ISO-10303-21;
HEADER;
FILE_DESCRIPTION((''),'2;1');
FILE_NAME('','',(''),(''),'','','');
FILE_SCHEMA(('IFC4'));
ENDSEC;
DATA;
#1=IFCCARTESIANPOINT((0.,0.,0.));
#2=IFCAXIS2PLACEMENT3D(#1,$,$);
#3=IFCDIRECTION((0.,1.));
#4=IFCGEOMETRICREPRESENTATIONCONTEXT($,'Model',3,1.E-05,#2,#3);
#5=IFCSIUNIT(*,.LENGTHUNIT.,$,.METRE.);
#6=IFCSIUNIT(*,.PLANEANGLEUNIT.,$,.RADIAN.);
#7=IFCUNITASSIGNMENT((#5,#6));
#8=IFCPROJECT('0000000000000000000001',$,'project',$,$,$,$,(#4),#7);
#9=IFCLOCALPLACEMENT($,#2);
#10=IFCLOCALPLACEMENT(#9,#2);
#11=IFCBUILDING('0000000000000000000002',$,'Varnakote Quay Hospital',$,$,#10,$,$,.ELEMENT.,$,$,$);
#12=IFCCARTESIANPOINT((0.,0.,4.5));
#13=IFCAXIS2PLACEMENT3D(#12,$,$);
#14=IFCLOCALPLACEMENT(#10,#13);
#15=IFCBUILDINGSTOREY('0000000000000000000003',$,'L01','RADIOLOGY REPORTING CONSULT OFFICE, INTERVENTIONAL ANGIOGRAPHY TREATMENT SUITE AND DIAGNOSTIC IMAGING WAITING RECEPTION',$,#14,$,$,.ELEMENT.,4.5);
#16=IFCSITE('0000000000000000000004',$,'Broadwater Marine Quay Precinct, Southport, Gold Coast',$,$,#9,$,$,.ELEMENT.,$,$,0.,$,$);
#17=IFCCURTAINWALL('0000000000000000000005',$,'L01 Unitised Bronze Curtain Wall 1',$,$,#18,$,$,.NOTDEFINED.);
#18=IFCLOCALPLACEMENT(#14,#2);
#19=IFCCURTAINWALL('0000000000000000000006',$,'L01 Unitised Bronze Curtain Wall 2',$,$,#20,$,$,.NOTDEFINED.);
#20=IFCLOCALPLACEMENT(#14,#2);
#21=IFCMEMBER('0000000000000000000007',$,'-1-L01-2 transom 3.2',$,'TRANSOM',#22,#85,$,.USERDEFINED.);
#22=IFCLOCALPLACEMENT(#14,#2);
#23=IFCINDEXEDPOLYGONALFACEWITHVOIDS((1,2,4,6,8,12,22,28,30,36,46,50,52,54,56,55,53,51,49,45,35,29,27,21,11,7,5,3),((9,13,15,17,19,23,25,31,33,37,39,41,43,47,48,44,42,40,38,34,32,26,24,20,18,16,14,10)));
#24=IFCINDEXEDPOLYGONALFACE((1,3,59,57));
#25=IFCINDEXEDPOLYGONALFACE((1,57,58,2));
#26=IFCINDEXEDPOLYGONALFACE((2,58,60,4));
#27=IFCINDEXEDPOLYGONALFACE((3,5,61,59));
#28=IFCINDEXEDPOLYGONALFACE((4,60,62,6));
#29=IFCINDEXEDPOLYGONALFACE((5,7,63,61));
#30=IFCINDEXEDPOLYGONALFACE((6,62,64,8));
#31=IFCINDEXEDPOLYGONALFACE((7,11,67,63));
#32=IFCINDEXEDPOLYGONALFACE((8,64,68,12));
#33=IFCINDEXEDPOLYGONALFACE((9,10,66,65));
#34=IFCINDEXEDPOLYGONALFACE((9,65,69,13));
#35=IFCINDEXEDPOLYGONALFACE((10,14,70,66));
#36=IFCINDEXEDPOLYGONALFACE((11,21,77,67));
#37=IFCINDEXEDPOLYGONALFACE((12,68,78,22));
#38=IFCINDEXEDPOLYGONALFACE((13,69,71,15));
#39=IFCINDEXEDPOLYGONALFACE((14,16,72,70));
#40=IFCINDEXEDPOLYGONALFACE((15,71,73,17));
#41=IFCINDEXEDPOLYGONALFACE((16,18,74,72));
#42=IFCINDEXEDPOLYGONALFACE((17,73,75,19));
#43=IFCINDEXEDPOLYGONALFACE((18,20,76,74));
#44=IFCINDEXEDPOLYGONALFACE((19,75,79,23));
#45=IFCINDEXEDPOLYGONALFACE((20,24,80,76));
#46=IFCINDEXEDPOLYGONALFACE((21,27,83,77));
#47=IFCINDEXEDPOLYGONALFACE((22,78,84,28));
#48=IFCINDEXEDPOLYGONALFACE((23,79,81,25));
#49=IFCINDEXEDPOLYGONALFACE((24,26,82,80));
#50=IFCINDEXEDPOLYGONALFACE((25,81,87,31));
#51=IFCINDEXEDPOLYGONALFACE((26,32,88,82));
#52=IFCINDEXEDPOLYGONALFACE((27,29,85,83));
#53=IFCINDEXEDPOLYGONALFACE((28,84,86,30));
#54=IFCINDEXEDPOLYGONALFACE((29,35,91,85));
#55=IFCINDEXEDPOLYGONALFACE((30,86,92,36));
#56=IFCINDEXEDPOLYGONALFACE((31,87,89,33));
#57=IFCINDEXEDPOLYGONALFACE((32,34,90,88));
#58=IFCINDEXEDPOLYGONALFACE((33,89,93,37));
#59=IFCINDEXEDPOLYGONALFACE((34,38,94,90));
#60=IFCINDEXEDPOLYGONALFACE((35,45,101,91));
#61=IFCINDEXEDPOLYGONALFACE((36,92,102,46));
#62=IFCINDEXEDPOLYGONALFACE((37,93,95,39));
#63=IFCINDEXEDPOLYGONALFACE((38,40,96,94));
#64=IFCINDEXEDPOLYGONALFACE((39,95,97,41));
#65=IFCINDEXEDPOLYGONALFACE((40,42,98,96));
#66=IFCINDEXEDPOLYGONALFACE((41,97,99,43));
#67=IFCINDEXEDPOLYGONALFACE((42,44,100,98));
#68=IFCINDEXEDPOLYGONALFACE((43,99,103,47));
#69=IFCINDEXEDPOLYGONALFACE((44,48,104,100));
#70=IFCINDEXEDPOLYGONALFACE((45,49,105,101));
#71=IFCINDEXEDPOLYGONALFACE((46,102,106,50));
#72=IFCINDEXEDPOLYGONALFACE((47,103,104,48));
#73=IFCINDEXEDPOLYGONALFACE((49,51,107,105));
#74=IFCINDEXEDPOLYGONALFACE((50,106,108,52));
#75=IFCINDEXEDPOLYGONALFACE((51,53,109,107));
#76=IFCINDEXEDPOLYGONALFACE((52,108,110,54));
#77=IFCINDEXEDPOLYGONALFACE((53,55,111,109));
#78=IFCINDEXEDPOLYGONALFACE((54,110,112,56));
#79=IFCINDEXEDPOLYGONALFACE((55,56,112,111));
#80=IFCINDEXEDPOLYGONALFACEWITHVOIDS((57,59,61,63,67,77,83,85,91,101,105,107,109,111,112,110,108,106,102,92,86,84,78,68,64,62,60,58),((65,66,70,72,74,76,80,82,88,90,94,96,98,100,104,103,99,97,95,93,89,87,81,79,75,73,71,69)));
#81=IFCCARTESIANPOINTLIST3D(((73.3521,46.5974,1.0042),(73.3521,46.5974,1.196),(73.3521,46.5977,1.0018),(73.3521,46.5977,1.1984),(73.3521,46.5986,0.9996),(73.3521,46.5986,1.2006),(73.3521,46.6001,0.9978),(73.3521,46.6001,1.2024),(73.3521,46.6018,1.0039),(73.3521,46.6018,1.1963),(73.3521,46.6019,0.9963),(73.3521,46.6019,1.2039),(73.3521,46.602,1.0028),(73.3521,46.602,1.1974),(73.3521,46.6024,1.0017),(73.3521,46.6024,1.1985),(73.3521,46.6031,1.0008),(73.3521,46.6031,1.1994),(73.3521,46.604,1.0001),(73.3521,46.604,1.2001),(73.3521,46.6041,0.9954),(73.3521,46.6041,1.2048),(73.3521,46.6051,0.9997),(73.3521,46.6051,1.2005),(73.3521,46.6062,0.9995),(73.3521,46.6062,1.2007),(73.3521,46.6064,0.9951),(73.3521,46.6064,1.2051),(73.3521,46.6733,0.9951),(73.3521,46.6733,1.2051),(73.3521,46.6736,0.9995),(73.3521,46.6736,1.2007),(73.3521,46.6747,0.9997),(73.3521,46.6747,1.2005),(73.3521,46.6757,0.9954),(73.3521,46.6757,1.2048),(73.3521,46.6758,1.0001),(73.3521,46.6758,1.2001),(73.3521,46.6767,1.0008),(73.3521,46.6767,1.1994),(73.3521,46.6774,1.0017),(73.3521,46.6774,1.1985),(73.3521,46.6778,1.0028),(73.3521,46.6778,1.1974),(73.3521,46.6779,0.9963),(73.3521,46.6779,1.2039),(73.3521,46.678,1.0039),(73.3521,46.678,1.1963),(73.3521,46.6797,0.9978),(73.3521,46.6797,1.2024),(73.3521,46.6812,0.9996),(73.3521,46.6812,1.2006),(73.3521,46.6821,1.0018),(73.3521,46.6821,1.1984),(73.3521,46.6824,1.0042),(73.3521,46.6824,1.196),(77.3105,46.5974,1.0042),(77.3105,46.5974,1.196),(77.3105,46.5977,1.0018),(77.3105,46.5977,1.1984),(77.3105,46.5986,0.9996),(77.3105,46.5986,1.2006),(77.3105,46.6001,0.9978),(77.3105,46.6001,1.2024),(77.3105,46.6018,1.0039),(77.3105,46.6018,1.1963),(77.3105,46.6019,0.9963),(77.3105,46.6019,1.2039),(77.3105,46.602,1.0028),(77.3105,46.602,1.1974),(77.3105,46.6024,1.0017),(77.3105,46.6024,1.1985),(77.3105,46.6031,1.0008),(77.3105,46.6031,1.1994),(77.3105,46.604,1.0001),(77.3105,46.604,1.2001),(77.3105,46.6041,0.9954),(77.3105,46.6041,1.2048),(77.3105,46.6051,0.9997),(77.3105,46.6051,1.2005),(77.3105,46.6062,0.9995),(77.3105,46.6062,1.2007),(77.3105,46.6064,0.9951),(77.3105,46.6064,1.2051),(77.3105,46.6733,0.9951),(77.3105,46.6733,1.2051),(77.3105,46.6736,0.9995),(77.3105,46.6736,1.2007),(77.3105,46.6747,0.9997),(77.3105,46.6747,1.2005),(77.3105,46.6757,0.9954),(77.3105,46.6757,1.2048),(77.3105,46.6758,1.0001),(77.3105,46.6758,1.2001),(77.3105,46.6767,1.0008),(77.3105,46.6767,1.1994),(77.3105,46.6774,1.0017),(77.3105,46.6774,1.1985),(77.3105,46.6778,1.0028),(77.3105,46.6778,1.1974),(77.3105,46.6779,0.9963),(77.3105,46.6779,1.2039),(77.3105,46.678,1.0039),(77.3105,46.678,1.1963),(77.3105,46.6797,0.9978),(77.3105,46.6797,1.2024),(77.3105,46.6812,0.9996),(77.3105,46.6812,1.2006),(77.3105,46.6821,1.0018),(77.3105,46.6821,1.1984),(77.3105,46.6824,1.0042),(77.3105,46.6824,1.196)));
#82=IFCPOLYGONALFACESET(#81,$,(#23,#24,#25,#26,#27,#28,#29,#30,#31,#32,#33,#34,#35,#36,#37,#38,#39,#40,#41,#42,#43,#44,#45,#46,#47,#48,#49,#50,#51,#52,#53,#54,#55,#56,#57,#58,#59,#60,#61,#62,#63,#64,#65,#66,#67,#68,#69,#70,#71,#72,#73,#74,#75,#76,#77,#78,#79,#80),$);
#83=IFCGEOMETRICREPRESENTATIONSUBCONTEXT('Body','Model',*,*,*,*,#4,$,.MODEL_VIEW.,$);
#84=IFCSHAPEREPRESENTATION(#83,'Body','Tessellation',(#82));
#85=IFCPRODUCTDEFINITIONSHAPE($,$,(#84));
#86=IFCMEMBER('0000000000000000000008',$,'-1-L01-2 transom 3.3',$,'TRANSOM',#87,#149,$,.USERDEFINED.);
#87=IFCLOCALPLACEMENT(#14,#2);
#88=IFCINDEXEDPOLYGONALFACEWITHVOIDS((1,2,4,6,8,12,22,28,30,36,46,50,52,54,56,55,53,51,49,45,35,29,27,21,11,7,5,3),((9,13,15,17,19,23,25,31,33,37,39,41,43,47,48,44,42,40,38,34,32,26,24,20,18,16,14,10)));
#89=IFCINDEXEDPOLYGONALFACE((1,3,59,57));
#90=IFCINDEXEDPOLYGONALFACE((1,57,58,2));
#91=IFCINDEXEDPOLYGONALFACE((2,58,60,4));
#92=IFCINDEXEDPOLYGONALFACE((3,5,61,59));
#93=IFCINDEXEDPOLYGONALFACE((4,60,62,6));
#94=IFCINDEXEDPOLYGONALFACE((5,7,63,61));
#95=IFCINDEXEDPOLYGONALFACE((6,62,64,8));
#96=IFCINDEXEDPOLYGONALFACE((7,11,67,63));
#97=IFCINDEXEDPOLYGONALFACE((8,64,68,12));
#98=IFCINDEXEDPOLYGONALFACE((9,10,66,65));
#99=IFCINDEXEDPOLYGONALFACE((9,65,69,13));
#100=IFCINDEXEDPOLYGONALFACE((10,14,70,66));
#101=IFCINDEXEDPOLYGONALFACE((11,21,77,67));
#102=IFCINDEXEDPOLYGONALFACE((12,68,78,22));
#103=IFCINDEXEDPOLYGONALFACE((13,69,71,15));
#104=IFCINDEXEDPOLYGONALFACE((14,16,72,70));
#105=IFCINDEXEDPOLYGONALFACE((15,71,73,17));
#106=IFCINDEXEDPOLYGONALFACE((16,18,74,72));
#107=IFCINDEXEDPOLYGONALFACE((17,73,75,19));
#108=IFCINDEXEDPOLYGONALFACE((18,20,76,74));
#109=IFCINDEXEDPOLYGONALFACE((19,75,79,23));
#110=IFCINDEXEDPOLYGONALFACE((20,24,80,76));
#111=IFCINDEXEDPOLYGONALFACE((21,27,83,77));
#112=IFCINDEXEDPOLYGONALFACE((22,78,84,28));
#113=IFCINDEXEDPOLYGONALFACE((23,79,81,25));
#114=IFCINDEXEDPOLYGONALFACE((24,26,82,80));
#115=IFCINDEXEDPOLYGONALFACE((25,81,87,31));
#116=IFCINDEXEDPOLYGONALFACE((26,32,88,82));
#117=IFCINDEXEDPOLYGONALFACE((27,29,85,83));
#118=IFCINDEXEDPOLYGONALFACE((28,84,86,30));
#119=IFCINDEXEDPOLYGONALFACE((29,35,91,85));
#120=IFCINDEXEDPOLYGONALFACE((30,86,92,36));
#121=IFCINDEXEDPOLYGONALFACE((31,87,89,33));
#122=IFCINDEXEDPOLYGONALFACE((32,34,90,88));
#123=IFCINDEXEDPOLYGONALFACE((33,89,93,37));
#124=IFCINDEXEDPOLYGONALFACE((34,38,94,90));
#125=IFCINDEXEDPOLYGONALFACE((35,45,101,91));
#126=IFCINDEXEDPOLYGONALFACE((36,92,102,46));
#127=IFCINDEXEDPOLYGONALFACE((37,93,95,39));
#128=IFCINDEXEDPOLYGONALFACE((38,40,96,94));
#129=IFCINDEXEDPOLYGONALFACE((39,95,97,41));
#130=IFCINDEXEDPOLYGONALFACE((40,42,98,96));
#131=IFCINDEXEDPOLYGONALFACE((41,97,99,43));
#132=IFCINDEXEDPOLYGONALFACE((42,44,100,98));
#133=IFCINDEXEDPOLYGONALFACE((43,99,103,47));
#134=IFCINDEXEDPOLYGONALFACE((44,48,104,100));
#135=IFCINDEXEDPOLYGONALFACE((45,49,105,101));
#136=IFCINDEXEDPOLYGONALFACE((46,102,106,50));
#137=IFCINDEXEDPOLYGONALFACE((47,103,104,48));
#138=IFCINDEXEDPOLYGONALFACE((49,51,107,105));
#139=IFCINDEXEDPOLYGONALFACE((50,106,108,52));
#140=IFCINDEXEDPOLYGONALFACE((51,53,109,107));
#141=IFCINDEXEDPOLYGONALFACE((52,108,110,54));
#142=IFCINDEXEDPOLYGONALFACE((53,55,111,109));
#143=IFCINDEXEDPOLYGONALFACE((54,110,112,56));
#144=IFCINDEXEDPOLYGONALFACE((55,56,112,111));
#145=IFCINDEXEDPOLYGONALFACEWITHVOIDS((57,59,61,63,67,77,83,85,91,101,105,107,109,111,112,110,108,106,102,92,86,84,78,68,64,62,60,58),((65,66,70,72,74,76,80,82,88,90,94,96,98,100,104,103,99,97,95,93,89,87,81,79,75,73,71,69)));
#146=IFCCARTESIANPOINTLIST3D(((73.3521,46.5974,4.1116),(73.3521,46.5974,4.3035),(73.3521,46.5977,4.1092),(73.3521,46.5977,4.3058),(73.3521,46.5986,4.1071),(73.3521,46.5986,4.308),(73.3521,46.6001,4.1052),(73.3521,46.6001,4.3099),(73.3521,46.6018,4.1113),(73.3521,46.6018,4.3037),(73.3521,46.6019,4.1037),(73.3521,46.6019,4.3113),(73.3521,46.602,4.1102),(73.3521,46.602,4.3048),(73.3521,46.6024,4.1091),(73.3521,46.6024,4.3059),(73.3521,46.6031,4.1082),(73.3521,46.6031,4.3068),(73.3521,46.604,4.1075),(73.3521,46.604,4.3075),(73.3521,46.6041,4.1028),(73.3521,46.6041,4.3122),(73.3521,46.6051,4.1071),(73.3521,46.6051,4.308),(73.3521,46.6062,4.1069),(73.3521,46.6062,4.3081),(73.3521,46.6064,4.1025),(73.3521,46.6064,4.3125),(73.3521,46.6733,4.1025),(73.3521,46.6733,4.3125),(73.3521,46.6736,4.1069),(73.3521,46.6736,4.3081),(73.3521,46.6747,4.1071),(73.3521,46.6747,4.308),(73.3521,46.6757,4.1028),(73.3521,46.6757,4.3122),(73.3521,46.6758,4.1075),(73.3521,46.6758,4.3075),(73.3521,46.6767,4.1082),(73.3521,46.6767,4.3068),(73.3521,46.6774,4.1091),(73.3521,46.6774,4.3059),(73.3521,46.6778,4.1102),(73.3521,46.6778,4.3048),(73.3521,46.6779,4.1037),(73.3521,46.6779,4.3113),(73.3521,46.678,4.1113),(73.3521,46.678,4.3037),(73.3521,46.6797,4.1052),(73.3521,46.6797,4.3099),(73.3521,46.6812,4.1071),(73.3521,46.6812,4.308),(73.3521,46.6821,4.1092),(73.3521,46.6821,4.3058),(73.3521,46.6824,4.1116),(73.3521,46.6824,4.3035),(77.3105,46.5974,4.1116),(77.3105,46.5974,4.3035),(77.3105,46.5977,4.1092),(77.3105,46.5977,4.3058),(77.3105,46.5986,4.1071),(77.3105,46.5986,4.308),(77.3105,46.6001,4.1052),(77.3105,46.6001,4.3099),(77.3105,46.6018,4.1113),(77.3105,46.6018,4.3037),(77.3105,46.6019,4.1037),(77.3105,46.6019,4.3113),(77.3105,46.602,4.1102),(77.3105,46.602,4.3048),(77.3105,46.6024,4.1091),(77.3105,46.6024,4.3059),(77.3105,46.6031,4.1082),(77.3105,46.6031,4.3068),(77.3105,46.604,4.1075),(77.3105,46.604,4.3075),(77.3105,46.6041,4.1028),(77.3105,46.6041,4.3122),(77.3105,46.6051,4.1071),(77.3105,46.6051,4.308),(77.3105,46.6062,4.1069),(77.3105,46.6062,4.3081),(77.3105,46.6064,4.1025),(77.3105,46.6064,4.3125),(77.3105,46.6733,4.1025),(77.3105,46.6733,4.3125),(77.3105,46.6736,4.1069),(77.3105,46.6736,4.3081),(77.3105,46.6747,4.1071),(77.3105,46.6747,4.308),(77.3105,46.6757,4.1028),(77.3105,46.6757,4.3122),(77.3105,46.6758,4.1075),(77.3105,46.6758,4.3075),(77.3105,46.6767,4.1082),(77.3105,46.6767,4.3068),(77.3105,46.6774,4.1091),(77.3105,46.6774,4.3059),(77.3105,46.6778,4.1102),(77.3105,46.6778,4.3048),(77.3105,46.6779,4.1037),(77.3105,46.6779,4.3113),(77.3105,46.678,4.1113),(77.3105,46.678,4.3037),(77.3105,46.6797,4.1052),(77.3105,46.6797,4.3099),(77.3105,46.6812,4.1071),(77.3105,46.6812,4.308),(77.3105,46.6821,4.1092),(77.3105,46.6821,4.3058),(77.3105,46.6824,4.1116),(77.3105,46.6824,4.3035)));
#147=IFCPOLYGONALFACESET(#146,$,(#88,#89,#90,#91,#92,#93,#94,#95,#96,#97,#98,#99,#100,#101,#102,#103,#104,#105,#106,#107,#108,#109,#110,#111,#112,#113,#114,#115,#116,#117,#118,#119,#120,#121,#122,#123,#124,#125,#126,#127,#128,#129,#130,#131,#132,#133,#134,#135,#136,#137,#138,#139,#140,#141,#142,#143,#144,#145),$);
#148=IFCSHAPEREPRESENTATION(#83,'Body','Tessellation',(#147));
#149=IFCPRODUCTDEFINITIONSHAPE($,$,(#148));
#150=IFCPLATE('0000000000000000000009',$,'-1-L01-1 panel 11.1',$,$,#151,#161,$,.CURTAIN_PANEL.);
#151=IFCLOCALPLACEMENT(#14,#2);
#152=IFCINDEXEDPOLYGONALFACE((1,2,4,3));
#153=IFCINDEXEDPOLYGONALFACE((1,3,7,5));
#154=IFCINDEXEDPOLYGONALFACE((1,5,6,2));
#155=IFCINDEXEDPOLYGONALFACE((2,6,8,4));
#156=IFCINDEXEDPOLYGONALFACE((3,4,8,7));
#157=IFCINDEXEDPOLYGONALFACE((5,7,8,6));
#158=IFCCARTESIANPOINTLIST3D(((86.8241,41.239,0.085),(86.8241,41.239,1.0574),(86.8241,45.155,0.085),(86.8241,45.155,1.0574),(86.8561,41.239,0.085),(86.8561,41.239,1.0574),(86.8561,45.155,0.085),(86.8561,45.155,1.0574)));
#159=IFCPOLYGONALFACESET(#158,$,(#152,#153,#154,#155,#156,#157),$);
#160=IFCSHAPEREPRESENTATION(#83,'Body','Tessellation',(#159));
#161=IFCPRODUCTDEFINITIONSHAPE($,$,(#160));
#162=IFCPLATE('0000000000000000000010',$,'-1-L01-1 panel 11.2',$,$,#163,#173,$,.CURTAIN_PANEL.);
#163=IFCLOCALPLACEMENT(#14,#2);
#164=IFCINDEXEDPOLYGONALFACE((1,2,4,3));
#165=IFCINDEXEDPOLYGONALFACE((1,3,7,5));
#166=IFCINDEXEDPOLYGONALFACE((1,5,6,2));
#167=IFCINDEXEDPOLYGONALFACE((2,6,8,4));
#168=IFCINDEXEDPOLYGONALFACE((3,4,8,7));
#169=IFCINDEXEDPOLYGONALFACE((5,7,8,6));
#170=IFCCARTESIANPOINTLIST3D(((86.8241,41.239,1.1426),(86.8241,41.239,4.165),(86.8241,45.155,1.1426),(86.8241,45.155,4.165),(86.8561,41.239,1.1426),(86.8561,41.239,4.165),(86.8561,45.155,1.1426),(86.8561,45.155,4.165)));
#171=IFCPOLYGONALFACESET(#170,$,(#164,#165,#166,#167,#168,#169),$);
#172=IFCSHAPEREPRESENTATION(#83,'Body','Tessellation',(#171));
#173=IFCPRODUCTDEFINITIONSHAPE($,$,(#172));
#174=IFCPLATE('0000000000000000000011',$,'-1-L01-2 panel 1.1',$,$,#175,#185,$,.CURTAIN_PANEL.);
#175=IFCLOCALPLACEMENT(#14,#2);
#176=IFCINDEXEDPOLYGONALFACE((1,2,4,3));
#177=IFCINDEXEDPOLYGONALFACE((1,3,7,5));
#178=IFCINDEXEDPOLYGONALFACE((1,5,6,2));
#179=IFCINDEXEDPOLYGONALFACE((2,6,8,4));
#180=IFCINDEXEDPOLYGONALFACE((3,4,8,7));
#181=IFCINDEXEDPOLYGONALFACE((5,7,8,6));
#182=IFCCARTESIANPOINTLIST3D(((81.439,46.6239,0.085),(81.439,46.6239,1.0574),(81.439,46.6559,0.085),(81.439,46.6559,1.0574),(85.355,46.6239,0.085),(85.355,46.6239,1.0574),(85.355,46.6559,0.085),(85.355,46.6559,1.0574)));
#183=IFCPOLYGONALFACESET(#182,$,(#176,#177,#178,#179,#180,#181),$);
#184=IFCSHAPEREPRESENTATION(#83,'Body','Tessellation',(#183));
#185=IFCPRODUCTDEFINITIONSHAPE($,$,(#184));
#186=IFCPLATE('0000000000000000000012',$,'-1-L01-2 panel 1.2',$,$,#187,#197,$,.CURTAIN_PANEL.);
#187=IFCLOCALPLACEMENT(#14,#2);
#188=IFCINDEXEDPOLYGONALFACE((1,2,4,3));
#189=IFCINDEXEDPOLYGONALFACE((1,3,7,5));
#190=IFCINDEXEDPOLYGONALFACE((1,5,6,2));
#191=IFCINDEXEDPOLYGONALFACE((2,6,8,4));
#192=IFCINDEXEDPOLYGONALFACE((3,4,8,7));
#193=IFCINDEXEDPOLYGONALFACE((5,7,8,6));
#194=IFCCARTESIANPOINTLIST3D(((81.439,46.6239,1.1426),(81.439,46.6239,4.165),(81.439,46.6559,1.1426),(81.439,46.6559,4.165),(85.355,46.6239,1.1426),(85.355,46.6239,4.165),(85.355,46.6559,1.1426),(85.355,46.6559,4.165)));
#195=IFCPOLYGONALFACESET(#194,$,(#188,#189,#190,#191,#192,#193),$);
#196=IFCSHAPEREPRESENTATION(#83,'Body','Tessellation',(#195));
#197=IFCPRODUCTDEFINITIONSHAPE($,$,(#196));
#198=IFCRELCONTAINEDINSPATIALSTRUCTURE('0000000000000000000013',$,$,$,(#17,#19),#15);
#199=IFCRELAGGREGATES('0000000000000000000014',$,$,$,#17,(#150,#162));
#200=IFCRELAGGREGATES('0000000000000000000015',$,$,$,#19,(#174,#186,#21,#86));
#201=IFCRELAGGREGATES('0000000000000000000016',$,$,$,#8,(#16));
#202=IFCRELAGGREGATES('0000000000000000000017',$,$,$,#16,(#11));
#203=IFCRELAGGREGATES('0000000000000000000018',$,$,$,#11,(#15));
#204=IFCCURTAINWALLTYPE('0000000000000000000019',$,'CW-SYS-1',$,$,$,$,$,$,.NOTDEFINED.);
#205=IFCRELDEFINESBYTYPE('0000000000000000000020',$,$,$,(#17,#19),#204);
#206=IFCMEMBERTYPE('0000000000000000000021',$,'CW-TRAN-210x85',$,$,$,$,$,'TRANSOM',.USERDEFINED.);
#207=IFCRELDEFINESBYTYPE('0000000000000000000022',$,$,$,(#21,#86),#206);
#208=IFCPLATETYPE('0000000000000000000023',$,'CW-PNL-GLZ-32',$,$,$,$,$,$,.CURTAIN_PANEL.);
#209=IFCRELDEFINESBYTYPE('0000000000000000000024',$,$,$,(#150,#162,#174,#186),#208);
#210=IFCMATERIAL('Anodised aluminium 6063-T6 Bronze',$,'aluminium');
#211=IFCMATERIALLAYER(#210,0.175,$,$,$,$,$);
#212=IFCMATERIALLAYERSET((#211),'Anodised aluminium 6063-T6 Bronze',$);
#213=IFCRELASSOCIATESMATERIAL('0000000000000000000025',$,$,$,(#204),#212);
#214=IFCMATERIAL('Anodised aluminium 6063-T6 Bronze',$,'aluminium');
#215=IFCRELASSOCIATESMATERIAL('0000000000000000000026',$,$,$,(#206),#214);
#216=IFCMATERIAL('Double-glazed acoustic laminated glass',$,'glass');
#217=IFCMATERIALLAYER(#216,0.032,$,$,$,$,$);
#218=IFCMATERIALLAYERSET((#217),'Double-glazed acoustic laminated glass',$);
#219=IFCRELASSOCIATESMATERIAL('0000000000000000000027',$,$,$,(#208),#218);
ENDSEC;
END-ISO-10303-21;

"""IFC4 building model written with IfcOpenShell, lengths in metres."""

from ifc_helpers import new_model, si_unit, direction, frame, origin, origin_2d, place, context, subcontext, project, spatial, rectangle, hollow_rectangle, extrude, material, layer, layer_set, material_profile, profile_set, type_object, element, aggregate, save


model = new_model("IFC4")

# Units and contexts
model_context = context("Model", 3, precision=1e-05, world=origin(), true_north=direction((0.0, 1.0)))
body_context = subcontext(model_context, "Body", "Model", "MODEL_VIEW")
ifc_project = project(units=[si_unit("LENGTHUNIT", "METRE"), si_unit("PLANEANGLEUNIT", "RADIAN")], contexts=[model_context])

# Site, building, storey
site_placement = place(None, origin())
site = spatial("IfcSite", under=ifc_project, at=site_placement, Name="Broadwater Marine Quay Precinct, Southport, Gold Coast", CompositionType="ELEMENT", RefElevation=0.0)
building_placement = place(site_placement, origin())
building = spatial("IfcBuilding", under=site, at=building_placement, Name="Varnakote Quay Hospital", CompositionType="ELEMENT")
storey_placement = place(building_placement, frame((0.0, 0.0, 4.5)))
storey = spatial("IfcBuildingStorey", under=building, at=storey_placement, Name="L01", Description="RADIOLOGY REPORTING CONSULT OFFICE, INTERVENTIONAL ANGIOGRAPHY TREATMENT SUITE AND DIAGNOSTIC IMAGING WAITING RECEPTION", CompositionType="ELEMENT", Elevation=4.5)

# Curtain wall
ifc_material_1 = material(Name="Anodised aluminium 6063-T6 Bronze", Category="aluminium")
ifc_layer_1 = layer(ifc_material_1, 0.175)
ifc_layer_set_1 = layer_set([ifc_layer_1], Name="Anodised aluminium 6063-T6 Bronze")
curtain_wall_type = type_object("IfcCurtainWallType", Name="CW-SYS-1", PredefinedType="NOTDEFINED", material=ifc_layer_set_1)
curtain_wall_1_placement = place(storey_placement, origin())
curtain_wall_1 = element("IfcCurtainWall", 1, at=curtain_wall_1_placement, inside=storey, type_object=curtain_wall_type, Name="L01 Unitised Bronze Curtain Wall 1", PredefinedType="NOTDEFINED")

# Curtain wall, members
curtain_wall_2_placement = place(storey_placement, origin())
curtain_wall_2 = element("IfcCurtainWall", 2, at=curtain_wall_2_placement, inside=storey, type_object=curtain_wall_type, Name="L01 Unitised Bronze Curtain Wall 2", PredefinedType="NOTDEFINED")
ifc_material_2 = material(Name="Anodised aluminium 6063-T6 Bronze", Category="aluminium")
ifc_material_profile_1 = material_profile(ifc_material_2, hollow_rectangle(XDim=0.085, YDim=0.21, WallThickness=0.0044, InnerFilletRadius=0.0044, OuterFilletRadius=0.009, at=origin_2d()), Name="CW-TRAN-210x85")
ifc_profile_set_1 = profile_set([ifc_material_profile_1], Name="Anodised aluminium 6063-T6 Bronze")
member_type_1 = type_object("IfcMemberType", Name="CW-TRAN-210x85", ElementType="TRANSOM", PredefinedType="USERDEFINED", material=ifc_profile_set_1)
member_1_placement = place(storey_placement, frame((77.3105, 46.6399, 1.1001), z_axis=(-1.0, 0.0, 0.0), x_axis=(0.0, -1.0, 0.0)))
member_1 = element("IfcMember", 3, at=member_1_placement, type_object=member_type_1, Name="-1-L01-2 transom 3.2", ObjectType="TRANSOM", PredefinedType="USERDEFINED", context=body_context, shape_type="SweptSolid", body=[
    extrude(hollow_rectangle(XDim=0.085, YDim=0.21, WallThickness=0.0044, InnerFilletRadius=0.0044, OuterFilletRadius=0.009, at=origin_2d()), origin(), (0.0, 0.0, 1.0), 3.9585),
])
member_2_placement = place(storey_placement, frame((77.3105, 46.6399, 4.2075), z_axis=(-1.0, 0.0, 0.0), x_axis=(0.0, -1.0, 0.0)))
member_2 = element("IfcMember", 4, at=member_2_placement, type_object=member_type_1, Name="-1-L01-2 transom 3.3", ObjectType="TRANSOM", PredefinedType="USERDEFINED", context=body_context, shape_type="SweptSolid", body=[
    extrude(hollow_rectangle(XDim=0.085, YDim=0.21, WallThickness=0.0044, InnerFilletRadius=0.0044, OuterFilletRadius=0.009, at=origin_2d()), origin(), (0.0, 0.0, 1.0), 3.9585),
])

# Plates
ifc_material_3 = material(Name="Double-glazed acoustic laminated glass", Category="glass")
ifc_layer_2 = layer(ifc_material_3, 0.032)
ifc_layer_set_2 = layer_set([ifc_layer_2], Name="Double-glazed acoustic laminated glass")
plate_type = type_object("IfcPlateType", Name="CW-PNL-GLZ-32", PredefinedType="CURTAIN_PANEL", material=ifc_layer_set_2)
plate_1_placement = place(storey_placement, frame((86.8401, 43.197, 0.085), z_axis=(0.0, 0.0, 1.0), x_axis=(0.0, 1.0, 0.0)))
plate_1 = element("IfcPlate", 5, at=plate_1_placement, type_object=plate_type, Name="-1-L01-1 panel 11.1", PredefinedType="CURTAIN_PANEL", context=body_context, shape_type="SweptSolid", body=[
    extrude(rectangle(XDim=3.916, YDim=0.032, at=origin_2d()), origin(), (0.0, 0.0, 1.0), 0.9724),
])
plate_2_placement = place(storey_placement, frame((86.8401, 43.197, 1.1426), z_axis=(0.0, 0.0, 1.0), x_axis=(0.0, 1.0, 0.0)))
plate_2 = element("IfcPlate", 6, at=plate_2_placement, type_object=plate_type, Name="-1-L01-1 panel 11.2", PredefinedType="CURTAIN_PANEL", context=body_context, shape_type="SweptSolid", body=[
    extrude(rectangle(XDim=3.916, YDim=0.032, at=origin_2d()), origin(), (0.0, 0.0, 1.0), 3.0225),
])
aggregate(curtain_wall_1, [plate_1, plate_2])
plate_3_placement = place(storey_placement, frame((83.397, 46.6399, 0.085), z_axis=(0.0, 0.0, 1.0), x_axis=(-1.0, 0.0, 0.0)))
plate_3 = element("IfcPlate", 7, at=plate_3_placement, type_object=plate_type, Name="-1-L01-2 panel 1.1", PredefinedType="CURTAIN_PANEL", context=body_context, shape_type="SweptSolid", body=[
    extrude(rectangle(XDim=3.916, YDim=0.032, at=origin_2d()), origin(), (0.0, 0.0, 1.0), 0.9724),
])
plate_4_placement = place(storey_placement, frame((83.397, 46.6399, 1.1426), z_axis=(0.0, 0.0, 1.0), x_axis=(-1.0, 0.0, 0.0)))
plate_4 = element("IfcPlate", 8, at=plate_4_placement, type_object=plate_type, Name="-1-L01-2 panel 1.2", PredefinedType="CURTAIN_PANEL", context=body_context, shape_type="SweptSolid", body=[
    extrude(rectangle(XDim=3.916, YDim=0.032, at=origin_2d()), origin(), (0.0, 0.0, 1.0), 3.0225),
])
aggregate(curtain_wall_2, [plate_3, plate_4, member_1, member_2])

save(model, "model.ifc")
